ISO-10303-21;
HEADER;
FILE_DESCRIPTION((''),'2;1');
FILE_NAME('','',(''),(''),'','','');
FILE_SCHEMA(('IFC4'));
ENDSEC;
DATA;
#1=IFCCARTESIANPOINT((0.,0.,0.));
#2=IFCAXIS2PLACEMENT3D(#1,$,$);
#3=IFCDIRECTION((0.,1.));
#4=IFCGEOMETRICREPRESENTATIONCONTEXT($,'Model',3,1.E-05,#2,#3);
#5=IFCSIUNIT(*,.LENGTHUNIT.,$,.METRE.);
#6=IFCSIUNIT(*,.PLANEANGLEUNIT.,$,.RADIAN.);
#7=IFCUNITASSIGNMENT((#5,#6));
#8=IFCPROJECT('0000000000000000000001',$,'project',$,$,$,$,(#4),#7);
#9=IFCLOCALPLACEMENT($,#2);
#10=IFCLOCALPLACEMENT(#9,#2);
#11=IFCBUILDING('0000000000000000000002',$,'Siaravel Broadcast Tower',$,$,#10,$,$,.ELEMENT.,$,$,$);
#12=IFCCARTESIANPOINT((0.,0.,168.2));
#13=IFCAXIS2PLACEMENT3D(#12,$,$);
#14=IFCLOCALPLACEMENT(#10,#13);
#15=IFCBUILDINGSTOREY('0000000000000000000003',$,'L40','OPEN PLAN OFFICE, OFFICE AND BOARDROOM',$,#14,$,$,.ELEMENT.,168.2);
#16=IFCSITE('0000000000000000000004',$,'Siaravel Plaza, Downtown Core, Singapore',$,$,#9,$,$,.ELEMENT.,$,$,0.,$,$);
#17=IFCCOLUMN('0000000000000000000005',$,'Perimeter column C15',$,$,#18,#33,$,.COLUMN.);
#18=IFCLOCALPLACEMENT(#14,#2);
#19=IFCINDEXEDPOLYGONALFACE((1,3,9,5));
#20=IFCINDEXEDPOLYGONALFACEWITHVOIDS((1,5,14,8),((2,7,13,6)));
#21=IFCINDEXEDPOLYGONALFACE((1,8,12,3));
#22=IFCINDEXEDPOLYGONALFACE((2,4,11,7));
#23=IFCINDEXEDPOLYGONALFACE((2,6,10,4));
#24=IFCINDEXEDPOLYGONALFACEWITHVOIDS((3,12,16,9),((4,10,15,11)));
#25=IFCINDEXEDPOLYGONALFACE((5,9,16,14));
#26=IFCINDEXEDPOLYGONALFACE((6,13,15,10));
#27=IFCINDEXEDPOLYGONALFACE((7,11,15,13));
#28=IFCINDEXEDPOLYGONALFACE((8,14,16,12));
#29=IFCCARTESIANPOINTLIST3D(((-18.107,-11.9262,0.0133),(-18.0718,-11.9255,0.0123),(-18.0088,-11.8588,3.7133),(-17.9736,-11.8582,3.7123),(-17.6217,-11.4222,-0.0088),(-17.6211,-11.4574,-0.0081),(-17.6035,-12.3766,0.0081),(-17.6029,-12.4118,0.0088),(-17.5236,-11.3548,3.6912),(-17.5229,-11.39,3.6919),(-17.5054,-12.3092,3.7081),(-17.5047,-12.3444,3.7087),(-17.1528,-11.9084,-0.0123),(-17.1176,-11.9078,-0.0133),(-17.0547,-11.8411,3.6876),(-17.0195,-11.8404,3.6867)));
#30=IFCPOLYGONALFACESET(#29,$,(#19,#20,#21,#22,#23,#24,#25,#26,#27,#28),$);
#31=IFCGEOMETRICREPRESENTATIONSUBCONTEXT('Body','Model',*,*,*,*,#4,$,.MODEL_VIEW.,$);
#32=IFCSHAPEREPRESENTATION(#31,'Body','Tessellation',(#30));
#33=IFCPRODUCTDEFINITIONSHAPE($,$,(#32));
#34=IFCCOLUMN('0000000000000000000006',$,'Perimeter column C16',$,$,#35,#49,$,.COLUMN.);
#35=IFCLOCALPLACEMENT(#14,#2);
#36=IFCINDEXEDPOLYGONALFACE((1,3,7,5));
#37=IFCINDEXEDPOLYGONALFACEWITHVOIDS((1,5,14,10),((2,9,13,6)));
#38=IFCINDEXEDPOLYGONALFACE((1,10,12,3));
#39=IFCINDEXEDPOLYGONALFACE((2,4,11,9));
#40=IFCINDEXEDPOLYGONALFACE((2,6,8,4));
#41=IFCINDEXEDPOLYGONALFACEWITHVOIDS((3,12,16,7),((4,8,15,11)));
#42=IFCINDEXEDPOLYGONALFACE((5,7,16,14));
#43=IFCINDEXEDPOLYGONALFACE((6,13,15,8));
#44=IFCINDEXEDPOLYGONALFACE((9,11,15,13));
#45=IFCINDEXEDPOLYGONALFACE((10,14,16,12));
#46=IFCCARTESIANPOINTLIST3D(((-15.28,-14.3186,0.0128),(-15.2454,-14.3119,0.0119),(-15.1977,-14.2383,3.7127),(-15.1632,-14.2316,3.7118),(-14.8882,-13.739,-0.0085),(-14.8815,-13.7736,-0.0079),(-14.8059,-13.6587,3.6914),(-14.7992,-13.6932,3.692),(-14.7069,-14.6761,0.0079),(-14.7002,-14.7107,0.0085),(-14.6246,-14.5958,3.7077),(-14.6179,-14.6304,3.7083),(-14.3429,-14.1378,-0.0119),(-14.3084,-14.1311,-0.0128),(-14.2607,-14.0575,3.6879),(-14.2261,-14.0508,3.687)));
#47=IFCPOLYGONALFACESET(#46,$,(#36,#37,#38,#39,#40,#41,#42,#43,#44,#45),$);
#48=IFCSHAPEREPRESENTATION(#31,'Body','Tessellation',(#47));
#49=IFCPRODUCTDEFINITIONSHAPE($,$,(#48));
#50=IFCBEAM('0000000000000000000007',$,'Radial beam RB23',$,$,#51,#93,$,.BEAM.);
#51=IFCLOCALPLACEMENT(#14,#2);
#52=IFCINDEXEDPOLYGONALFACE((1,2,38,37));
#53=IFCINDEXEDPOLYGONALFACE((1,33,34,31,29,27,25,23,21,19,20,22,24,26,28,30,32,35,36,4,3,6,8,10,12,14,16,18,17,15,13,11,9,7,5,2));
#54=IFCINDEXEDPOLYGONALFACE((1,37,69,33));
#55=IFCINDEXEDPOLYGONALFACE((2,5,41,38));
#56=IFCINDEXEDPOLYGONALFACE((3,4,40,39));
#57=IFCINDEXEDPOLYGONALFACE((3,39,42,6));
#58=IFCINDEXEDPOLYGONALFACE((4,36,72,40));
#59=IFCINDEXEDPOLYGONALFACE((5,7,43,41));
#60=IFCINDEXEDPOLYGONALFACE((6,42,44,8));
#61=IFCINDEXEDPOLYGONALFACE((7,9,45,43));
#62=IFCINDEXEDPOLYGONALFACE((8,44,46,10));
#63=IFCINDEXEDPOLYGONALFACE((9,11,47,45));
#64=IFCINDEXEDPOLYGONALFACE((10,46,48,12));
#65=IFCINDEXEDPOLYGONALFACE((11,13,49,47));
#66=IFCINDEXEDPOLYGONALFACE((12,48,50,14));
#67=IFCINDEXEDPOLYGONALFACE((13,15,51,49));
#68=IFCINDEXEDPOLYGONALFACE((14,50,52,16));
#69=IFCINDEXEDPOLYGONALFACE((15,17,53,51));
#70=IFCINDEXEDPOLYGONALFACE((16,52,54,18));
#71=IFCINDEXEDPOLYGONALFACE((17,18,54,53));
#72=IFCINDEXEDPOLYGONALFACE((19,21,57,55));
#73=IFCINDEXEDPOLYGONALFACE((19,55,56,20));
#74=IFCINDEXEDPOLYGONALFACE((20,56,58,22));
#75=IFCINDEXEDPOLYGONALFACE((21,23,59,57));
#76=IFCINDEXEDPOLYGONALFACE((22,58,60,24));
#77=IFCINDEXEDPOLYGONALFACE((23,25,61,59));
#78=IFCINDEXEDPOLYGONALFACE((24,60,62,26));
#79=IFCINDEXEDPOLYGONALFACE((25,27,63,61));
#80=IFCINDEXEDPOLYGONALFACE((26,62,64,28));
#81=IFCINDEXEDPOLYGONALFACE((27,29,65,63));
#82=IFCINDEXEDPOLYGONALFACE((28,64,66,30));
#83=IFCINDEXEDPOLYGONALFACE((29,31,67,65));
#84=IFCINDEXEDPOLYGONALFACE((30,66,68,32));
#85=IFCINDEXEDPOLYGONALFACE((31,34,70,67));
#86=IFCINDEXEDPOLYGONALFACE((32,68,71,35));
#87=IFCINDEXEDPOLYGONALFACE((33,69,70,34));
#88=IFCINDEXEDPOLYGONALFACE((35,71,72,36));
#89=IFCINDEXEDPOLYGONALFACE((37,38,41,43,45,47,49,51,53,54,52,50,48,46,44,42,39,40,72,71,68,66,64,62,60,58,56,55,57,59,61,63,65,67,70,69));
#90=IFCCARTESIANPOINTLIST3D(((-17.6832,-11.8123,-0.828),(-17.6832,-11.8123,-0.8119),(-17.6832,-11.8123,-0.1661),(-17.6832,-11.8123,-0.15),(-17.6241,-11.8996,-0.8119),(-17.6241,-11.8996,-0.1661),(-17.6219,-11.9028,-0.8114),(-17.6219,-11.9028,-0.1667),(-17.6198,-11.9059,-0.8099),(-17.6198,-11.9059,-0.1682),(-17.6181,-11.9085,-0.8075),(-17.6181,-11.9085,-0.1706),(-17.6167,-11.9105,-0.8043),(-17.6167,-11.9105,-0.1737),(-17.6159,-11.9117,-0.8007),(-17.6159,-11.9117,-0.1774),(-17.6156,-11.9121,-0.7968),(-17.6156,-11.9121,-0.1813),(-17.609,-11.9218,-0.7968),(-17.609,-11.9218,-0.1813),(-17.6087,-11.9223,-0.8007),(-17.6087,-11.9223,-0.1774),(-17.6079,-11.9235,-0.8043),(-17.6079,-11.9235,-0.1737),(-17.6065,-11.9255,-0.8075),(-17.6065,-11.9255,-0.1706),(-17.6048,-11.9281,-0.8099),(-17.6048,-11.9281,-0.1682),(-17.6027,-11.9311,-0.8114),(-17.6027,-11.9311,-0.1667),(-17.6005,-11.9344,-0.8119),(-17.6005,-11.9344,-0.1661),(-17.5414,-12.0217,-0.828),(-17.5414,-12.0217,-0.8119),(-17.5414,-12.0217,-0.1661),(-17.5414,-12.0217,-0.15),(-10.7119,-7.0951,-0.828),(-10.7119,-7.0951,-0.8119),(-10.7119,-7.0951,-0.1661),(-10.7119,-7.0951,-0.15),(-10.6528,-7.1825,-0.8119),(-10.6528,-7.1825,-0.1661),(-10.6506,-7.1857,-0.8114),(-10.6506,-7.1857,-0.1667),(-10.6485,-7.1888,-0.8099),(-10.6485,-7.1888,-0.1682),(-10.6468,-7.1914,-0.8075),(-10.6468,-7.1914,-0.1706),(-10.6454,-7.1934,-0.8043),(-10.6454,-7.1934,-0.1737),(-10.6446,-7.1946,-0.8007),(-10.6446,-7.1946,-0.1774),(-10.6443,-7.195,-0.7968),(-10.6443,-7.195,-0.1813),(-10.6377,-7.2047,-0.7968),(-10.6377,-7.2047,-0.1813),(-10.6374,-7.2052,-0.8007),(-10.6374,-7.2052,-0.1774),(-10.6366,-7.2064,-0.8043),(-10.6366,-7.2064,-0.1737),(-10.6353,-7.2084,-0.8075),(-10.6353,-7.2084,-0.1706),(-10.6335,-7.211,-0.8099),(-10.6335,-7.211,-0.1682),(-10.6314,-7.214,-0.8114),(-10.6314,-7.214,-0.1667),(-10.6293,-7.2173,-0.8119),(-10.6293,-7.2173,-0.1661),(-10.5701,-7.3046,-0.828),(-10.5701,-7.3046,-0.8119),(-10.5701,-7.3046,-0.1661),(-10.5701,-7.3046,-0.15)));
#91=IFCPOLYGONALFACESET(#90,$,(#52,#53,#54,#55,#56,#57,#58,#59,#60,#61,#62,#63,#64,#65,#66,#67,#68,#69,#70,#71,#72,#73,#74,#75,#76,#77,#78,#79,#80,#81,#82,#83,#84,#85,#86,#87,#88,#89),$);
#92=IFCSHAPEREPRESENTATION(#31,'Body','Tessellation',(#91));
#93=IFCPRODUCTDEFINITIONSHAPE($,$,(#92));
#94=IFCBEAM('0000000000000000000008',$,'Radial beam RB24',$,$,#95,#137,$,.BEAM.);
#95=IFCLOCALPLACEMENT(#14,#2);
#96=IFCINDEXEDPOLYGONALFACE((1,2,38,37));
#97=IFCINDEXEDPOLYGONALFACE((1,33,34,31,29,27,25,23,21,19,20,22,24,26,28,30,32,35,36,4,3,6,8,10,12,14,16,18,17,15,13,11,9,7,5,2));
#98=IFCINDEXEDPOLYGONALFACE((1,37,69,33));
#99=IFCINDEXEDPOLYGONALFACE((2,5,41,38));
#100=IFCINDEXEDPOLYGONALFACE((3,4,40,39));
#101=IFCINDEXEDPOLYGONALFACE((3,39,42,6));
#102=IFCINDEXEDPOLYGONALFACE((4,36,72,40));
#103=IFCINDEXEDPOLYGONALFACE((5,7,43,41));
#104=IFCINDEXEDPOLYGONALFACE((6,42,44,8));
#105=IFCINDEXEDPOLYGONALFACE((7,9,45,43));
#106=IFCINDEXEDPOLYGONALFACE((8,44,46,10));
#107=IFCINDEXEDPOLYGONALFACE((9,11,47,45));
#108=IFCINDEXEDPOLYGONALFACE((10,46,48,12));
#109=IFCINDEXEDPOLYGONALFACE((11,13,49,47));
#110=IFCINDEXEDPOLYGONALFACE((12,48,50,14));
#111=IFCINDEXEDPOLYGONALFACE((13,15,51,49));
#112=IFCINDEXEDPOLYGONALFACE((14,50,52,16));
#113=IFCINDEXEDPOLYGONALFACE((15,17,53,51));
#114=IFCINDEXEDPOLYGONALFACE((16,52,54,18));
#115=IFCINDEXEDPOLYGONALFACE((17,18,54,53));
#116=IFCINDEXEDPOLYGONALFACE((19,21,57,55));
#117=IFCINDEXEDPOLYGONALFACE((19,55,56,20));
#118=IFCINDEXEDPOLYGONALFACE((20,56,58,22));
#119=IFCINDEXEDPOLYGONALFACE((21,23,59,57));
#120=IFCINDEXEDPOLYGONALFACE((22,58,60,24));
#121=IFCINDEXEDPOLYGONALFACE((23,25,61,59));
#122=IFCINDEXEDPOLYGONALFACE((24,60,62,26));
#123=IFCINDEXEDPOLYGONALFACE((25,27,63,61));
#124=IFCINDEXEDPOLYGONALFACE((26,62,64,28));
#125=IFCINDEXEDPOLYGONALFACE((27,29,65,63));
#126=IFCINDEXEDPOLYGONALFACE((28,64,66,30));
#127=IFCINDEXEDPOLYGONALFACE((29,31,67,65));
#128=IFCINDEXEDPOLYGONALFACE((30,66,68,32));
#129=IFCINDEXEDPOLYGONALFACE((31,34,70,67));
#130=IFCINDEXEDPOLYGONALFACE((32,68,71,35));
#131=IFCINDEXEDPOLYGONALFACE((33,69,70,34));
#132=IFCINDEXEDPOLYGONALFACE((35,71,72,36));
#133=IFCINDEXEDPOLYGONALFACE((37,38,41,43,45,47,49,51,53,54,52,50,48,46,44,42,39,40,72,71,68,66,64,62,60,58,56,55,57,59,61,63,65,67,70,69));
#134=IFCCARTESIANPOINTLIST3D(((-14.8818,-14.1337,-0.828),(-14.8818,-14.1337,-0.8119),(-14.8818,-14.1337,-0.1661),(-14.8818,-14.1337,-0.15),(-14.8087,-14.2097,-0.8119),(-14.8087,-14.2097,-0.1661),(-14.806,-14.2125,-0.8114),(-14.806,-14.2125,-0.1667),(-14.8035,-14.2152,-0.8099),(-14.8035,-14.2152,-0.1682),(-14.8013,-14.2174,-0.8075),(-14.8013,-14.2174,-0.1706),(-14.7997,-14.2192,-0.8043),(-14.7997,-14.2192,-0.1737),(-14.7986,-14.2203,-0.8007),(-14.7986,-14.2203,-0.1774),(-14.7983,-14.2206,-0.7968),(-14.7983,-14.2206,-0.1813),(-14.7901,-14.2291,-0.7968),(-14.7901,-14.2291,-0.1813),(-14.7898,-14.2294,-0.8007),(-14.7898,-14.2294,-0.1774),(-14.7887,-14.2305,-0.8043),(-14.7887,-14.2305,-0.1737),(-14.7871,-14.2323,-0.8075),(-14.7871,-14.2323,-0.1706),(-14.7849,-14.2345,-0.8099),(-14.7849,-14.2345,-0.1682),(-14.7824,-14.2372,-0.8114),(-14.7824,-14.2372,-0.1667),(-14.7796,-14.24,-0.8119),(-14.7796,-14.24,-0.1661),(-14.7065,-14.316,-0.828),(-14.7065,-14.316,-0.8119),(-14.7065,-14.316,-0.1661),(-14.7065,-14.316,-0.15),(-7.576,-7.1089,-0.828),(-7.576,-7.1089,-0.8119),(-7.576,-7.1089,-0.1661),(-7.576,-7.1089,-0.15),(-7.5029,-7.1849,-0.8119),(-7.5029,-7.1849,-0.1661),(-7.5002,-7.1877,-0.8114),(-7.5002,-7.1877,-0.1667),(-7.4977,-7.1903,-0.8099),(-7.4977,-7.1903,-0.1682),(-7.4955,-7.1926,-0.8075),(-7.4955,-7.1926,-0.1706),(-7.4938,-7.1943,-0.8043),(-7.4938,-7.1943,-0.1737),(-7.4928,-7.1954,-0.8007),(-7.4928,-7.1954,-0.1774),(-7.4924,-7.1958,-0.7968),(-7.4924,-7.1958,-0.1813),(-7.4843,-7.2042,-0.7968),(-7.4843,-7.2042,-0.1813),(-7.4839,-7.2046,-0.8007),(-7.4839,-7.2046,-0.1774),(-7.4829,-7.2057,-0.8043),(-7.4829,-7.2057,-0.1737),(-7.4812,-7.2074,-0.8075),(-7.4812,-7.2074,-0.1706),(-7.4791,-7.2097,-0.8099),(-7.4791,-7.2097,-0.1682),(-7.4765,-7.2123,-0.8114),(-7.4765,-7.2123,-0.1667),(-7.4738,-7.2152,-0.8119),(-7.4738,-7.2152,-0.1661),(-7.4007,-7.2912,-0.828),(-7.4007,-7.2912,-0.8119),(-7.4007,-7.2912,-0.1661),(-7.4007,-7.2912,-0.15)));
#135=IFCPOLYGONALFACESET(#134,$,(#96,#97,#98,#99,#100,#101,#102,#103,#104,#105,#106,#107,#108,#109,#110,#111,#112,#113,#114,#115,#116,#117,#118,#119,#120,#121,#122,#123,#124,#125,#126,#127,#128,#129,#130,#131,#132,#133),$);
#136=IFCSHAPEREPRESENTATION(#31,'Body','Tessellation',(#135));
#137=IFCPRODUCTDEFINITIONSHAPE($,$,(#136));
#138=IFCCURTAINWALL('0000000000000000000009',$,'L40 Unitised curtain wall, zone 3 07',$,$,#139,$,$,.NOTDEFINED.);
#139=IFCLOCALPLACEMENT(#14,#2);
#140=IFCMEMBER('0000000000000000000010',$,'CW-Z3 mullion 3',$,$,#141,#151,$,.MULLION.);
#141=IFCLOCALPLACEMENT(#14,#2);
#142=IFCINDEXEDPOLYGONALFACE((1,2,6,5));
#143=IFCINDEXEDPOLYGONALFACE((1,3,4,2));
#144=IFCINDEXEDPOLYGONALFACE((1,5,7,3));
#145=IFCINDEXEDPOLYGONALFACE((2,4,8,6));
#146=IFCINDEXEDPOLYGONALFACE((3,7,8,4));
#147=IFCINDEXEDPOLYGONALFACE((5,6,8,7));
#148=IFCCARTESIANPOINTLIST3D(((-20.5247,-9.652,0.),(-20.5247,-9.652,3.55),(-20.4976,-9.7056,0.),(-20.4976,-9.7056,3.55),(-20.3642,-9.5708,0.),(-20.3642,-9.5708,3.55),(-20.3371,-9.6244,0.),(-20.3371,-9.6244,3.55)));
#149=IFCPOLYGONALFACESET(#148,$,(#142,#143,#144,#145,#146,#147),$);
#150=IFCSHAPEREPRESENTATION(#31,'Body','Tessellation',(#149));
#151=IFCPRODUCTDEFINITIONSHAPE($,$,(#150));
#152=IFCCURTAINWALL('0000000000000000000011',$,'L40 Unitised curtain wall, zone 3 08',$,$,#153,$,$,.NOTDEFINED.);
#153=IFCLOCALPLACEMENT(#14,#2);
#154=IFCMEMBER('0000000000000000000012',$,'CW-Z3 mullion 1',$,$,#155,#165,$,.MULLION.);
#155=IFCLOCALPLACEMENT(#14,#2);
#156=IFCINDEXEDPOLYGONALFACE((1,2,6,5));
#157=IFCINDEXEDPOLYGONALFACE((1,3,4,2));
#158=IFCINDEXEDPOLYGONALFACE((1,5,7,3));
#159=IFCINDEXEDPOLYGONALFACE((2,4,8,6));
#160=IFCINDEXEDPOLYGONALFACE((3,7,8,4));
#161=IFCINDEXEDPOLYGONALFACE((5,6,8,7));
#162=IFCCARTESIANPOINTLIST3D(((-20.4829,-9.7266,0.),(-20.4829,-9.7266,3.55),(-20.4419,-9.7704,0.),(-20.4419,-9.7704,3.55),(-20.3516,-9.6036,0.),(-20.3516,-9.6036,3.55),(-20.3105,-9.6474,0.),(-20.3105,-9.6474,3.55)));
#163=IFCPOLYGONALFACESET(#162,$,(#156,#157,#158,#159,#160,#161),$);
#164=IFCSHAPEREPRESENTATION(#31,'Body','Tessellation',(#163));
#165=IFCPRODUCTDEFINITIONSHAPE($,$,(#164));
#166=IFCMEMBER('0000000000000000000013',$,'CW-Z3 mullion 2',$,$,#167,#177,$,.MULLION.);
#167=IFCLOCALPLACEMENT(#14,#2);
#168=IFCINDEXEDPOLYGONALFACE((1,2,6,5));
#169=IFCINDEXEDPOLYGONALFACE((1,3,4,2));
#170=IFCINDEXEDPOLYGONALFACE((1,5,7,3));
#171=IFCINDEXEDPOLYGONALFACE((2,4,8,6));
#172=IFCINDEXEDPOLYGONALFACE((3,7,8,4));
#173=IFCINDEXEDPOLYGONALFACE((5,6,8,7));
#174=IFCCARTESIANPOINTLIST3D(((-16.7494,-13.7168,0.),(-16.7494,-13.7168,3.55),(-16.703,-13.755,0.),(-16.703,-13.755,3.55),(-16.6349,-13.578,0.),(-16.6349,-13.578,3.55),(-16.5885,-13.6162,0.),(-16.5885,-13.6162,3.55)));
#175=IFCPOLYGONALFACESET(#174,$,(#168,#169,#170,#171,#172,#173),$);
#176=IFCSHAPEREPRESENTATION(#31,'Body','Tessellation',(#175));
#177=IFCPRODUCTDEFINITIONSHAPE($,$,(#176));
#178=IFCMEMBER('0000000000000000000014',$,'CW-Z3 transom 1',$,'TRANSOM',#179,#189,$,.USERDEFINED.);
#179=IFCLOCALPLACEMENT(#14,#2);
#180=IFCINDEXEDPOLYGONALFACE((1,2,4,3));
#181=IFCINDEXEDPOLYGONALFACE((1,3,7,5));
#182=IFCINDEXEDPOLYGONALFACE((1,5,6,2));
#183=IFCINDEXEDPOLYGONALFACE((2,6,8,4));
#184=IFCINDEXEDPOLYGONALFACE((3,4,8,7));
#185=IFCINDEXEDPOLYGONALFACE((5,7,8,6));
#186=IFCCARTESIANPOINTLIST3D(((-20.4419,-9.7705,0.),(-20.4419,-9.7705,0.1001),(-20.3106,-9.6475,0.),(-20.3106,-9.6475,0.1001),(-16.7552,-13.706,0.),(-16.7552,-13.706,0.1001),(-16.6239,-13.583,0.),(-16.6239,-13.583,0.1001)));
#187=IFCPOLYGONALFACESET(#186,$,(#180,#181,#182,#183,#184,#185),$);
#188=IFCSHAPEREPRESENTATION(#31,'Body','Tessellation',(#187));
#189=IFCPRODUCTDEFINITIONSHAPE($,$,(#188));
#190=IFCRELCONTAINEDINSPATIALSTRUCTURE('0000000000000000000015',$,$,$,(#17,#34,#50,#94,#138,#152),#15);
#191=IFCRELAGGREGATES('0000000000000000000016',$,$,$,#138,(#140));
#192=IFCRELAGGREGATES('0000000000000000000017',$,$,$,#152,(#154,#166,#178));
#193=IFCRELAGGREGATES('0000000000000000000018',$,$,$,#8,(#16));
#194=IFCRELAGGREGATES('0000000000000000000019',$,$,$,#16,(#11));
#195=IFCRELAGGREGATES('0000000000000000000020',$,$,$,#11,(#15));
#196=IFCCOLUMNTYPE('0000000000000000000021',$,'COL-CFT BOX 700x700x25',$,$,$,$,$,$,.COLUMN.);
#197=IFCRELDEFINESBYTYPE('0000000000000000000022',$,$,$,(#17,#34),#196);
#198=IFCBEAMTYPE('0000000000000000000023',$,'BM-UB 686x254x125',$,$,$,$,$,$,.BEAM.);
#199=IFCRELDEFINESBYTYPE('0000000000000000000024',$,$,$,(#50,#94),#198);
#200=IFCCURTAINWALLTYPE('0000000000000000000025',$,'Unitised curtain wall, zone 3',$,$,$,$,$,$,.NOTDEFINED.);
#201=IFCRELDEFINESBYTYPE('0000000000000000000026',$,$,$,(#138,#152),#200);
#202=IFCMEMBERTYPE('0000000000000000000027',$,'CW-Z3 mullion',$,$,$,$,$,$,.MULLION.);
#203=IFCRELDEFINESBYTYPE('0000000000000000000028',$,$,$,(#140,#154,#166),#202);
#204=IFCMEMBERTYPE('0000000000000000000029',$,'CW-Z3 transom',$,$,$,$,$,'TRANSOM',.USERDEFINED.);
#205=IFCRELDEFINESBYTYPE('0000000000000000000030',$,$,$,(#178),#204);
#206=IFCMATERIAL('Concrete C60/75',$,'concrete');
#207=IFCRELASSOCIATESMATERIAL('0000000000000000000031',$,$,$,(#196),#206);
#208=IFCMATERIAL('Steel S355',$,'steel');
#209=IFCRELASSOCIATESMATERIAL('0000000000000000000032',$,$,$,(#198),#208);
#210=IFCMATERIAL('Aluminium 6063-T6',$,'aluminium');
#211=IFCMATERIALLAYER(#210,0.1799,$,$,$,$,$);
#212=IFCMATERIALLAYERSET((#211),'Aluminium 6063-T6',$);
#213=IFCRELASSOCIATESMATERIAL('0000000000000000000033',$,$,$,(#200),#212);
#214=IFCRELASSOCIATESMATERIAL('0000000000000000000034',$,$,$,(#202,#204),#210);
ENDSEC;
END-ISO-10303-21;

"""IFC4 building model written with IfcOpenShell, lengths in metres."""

from ifc_helpers import new_model, si_unit, direction, frame, origin, origin_2d, place, context, subcontext, project, spatial, rectangle, hollow_rectangle, i_section, extrude, material, layer, layer_set, material_profile, profile_set, type_object, element, aggregate, save


model = new_model("IFC4")

# Units and contexts
model_context = context("Model", 3, precision=1e-05, world=origin(), true_north=direction((0.0, 1.0)))
body_context = subcontext(model_context, "Body", "Model", "MODEL_VIEW")
ifc_project = project(units=[si_unit("LENGTHUNIT", "METRE"), si_unit("PLANEANGLEUNIT", "RADIAN")], contexts=[model_context])

# Site, building, storey
site_placement = place(None, origin())
site = spatial("IfcSite", under=ifc_project, at=site_placement, Name="Siaravel Plaza, Downtown Core, Singapore", CompositionType="ELEMENT", RefElevation=0.0)
building_placement = place(site_placement, origin())
building = spatial("IfcBuilding", under=site, at=building_placement, Name="Siaravel Broadcast Tower", CompositionType="ELEMENT")
storey_placement = place(building_placement, frame((0.0, 0.0, 168.2)))
storey = spatial("IfcBuildingStorey", under=building, at=storey_placement, Name="L40", Description="OPEN PLAN OFFICE, OFFICE AND BOARDROOM", CompositionType="ELEMENT", Elevation=168.2)

# Columns
ifc_material_1 = material(Name="Concrete C60/75", Category="concrete")
ifc_material_profile_1 = material_profile(ifc_material_1, hollow_rectangle(XDim=0.7, YDim=0.7, WallThickness=0.0249, at=origin_2d()))
ifc_profile_set_1 = profile_set([ifc_material_profile_1], Name="Concrete C60/75")
column_type = type_object("IfcColumnType", Name="COL-CFT BOX 700x700x25", PredefinedType="COLUMN", material=ifc_profile_set_1)
column_1_placement = place(storey_placement, frame((-17.6123, -11.917, 0.0), z_axis=(0.026512, 0.018202, 0.999483), x_axis=(-0.720214, 0.693722, 0.00647)))
element("IfcColumn", 1, at=column_1_placement, inside=storey, type_object=column_type, Name="Perimeter column C15", PredefinedType="COLUMN", context=body_context, shape_type="SweptSolid", body=[
    extrude(hollow_rectangle(XDim=0.7, YDim=0.7, WallThickness=0.0249, at=origin_2d()), origin(), (0.0, 0.0, 1.0), 3.7019),
])
column_2_placement = place(storey_placement, frame((-14.7942, -14.2249, 0.0), z_axis=(0.022226, 0.021699, 0.999517), x_axis=(-0.828331, 0.560204, 0.006258)))
element("IfcColumn", 2, at=column_2_placement, inside=storey, type_object=column_type, Name="Perimeter column C16", PredefinedType="COLUMN", context=body_context, shape_type="SweptSolid", body=[
    extrude(hollow_rectangle(XDim=0.7, YDim=0.7, WallThickness=0.0249, at=origin_2d()), origin(), (0.0, 0.0, 1.0), 3.7017),
])

# Beams
ifc_material_2 = material(Name="Steel S355", Category="steel")
ifc_material_profile_2 = material_profile(ifc_material_2, i_section(OverallWidth=0.2529, OverallDepth=0.678, WebThickness=0.0117, FlangeThickness=0.0161, FilletRadius=0.0151, at=origin_2d()))
ifc_profile_set_2 = profile_set([ifc_material_profile_2], Name="Steel S355")
beam_type = type_object("IfcBeamType", Name="BM-UB 686x254x125", PredefinedType="BEAM", material=ifc_profile_set_2)
beam_1_placement = place(storey_placement, frame((-17.6123, -11.917, -0.489), z_axis=(0.828215, 0.56041, 0.0), x_axis=(-0.56041, 0.828215, 0.0)))
element("IfcBeam", 3, at=beam_1_placement, inside=storey, type_object=beam_type, Name="Radial beam RB23", PredefinedType="BEAM", context=body_context, shape_type="SweptSolid", body=[
    extrude(i_section(OverallWidth=0.2529, OverallDepth=0.678, WebThickness=0.0117, FlangeThickness=0.0161, FilletRadius=0.0151, at=origin_2d()), origin(), (0.0, 0.0, 1.0), 8.4172),
])
beam_2_placement = place(storey_placement, frame((-14.7942, -14.2249, -0.489), z_axis=(0.720834, 0.693108, 0.0), x_axis=(-0.693108, 0.720834, 0.0)))
element("IfcBeam", 4, at=beam_2_placement, inside=storey, type_object=beam_type, Name="Radial beam RB24", PredefinedType="BEAM", context=body_context, shape_type="SweptSolid", body=[
    extrude(i_section(OverallWidth=0.2529, OverallDepth=0.678, WebThickness=0.0117, FlangeThickness=0.0161, FilletRadius=0.0151, at=origin_2d()), origin(), (0.0, 0.0, 1.0), 10.1353),
])

# Curtain wall, member
ifc_material_3 = material(Name="Aluminium 6063-T6", Category="aluminium")
ifc_layer_1 = layer(ifc_material_3, 0.1799)
ifc_layer_set_1 = layer_set([ifc_layer_1], Name="Aluminium 6063-T6")
curtain_wall_type = type_object("IfcCurtainWallType", Name="Unitised curtain wall, zone 3", PredefinedType="NOTDEFINED", material=ifc_layer_set_1)
curtain_wall_1_placement = place(storey_placement, origin())
curtain_wall_1 = element("IfcCurtainWall", 5, at=curtain_wall_1_placement, inside=storey, type_object=curtain_wall_type, Name="L40 Unitised curtain wall, zone 3 07", PredefinedType="NOTDEFINED")
ifc_material_profile_3 = material_profile(ifc_material_3, rectangle(XDim=0.1799, YDim=0.0601, at=origin_2d()))
ifc_profile_set_3 = profile_set([ifc_material_profile_3], Name="Aluminium 6063-T6")
member_type_1 = type_object("IfcMemberType", Name="CW-Z3 mullion", PredefinedType="MULLION", material=ifc_profile_set_3)
member_1_placement = place(storey_placement, frame((-20.4309, -9.6382, 0.0), z_axis=(0.0, 0.0, 1.0), x_axis=(0.892392, 0.451261, 0.0)))
member_1 = element("IfcMember", 6, at=member_1_placement, type_object=member_type_1, Name="CW-Z3 mullion 3", PredefinedType="MULLION", context=body_context, shape_type="SweptSolid", body=[
    extrude(rectangle(XDim=0.1799, YDim=0.0601, at=origin_2d()), origin(), (0.0, 0.0, 1.0), 3.55),
])
aggregate(curtain_wall_1, [member_1])

# Curtain wall, members
curtain_wall_2_placement = place(storey_placement, origin())
curtain_wall_2 = element("IfcCurtainWall", 7, at=curtain_wall_2_placement, inside=storey, type_object=curtain_wall_type, Name="L40 Unitised curtain wall, zone 3 08", PredefinedType="NOTDEFINED")
member_2_placement = place(storey_placement, frame((-20.3967, -9.687, 0.0), z_axis=(0.0, 0.0, 1.0), x_axis=(0.729805, 0.683655, 0.0)))
member_2 = element("IfcMember", 8, at=member_2_placement, type_object=member_type_1, Name="CW-Z3 mullion 1", PredefinedType="MULLION", context=body_context, shape_type="SweptSolid", body=[
    extrude(rectangle(XDim=0.1799, YDim=0.0601, at=origin_2d()), origin(), (0.0, 0.0, 1.0), 3.55),
])
member_3_placement = place(storey_placement, frame((-16.6689, -13.6665, 0.0), z_axis=(0.0, 0.0, 1.0), x_axis=(0.636218, 0.771509, 0.0)))
member_3 = element("IfcMember", 9, at=member_3_placement, type_object=member_type_1, Name="CW-Z3 mullion 2", PredefinedType="MULLION", context=body_context, shape_type="SweptSolid", body=[
    extrude(rectangle(XDim=0.1799, YDim=0.0601, at=origin_2d()), origin(), (0.0, 0.0, 1.0), 3.55),
])
ifc_material_profile_4 = material_profile(ifc_material_3, rectangle(XDim=0.1799, YDim=0.1001, at=origin_2d()))
ifc_profile_set_4 = profile_set([ifc_material_profile_4], Name="Aluminium 6063-T6")
member_type_2 = type_object("IfcMemberType", Name="CW-Z3 transom", ElementType="TRANSOM", PredefinedType="USERDEFINED", material=ifc_profile_set_4)
member_4_placement = place(storey_placement, frame((-20.3762, -9.709, 0.05), z_axis=(0.683664, -0.729797, 0.0), x_axis=(0.729797, 0.683664, 0.0)))
member_4 = element("IfcMember", 10, at=member_4_placement, type_object=member_type_2, Name="CW-Z3 transom 1", ObjectType="TRANSOM", PredefinedType="USERDEFINED", context=body_context, shape_type="SweptSolid", body=[
    extrude(rectangle(XDim=0.1799, YDim=0.1001, at=origin_2d()), origin(), (0.0, 0.0, 1.0), 5.3926),
])

aggregate(curtain_wall_2, [member_2, member_3, member_4])

save(model, "model.ifc")
